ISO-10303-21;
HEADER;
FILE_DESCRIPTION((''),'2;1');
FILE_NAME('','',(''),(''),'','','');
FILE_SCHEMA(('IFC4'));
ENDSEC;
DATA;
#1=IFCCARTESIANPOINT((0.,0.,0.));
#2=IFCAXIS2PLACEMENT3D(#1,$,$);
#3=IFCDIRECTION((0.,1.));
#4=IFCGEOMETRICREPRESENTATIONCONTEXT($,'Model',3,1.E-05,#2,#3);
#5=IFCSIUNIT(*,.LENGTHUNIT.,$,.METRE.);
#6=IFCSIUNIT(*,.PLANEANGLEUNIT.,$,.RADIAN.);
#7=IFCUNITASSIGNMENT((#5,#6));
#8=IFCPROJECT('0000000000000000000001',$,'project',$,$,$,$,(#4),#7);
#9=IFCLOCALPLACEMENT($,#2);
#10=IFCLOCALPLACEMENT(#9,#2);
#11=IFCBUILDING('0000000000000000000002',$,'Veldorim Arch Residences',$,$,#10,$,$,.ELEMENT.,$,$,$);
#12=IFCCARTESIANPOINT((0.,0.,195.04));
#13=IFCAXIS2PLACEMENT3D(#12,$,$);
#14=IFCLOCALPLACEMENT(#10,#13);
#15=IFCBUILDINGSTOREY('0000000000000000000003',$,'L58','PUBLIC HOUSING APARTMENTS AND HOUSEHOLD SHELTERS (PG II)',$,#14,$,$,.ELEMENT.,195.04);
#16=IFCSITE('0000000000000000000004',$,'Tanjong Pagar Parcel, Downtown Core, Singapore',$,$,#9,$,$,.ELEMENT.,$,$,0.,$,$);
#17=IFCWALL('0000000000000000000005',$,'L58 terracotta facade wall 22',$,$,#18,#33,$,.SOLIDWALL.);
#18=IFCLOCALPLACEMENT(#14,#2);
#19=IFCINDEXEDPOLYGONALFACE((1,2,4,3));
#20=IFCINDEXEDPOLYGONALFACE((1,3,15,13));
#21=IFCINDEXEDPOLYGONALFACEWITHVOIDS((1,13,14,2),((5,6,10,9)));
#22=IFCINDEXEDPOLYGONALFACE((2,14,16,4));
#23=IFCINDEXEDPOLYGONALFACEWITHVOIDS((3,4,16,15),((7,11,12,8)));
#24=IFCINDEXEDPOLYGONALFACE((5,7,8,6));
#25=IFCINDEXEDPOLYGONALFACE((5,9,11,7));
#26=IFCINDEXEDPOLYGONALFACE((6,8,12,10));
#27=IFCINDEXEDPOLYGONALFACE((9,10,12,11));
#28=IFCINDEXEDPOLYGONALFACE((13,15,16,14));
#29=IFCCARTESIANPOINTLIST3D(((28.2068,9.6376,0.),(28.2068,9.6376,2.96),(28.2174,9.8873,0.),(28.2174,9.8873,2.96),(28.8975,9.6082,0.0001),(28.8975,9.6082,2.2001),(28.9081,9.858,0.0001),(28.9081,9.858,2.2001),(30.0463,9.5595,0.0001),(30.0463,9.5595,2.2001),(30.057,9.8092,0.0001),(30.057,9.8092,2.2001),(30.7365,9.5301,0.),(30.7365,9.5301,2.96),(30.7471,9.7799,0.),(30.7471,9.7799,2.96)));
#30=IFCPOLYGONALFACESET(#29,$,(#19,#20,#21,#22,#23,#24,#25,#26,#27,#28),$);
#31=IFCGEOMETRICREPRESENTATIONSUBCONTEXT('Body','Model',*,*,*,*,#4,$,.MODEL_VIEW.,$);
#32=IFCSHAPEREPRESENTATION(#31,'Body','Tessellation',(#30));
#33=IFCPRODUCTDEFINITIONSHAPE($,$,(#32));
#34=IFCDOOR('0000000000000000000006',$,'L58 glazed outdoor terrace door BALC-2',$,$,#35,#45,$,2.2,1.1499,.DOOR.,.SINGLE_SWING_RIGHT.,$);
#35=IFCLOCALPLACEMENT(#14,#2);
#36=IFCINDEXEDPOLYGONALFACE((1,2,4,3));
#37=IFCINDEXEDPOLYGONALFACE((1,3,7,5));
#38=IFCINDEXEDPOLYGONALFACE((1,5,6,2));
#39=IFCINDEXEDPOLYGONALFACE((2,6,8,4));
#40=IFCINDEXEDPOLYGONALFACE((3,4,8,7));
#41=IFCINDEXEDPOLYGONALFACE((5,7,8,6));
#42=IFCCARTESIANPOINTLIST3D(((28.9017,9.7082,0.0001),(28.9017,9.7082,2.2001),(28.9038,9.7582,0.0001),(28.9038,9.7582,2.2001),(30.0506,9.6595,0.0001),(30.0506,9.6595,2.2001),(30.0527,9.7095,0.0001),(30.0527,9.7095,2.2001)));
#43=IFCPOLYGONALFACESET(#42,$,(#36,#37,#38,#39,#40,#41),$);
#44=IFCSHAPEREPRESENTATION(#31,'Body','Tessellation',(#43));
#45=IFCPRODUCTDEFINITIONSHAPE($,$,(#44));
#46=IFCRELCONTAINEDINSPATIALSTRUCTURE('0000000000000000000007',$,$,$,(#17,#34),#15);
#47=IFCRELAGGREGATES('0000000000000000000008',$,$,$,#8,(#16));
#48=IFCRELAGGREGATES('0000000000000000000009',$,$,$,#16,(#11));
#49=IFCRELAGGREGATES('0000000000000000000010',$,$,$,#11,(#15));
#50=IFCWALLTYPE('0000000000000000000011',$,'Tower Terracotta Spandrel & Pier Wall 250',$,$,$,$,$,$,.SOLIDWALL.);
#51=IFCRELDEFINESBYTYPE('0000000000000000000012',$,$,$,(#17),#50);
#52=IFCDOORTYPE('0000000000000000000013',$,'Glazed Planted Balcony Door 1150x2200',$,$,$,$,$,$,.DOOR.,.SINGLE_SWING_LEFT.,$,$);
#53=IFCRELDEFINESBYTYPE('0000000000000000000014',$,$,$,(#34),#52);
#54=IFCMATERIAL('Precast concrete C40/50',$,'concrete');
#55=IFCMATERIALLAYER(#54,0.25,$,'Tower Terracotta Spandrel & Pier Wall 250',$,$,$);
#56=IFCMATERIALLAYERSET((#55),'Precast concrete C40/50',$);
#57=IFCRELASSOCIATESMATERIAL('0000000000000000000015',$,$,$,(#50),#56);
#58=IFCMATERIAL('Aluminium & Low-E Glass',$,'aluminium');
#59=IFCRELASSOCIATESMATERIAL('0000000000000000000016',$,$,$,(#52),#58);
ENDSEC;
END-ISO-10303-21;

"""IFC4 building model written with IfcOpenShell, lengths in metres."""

from ifc_helpers import new_model, si_unit, direction, frame, frame_2d, origin, place, context, subcontext, project, spatial, rectangle, extrude, material, layer, layer_set, type_object, element, fill, save


model = new_model("IFC4")

# Units and contexts
model_context = context("Model", 3, precision=1e-05, world=origin(), true_north=direction((0.0, 1.0)))
body_context = subcontext(model_context, "Body", "Model", "MODEL_VIEW")
ifc_project = project(units=[si_unit("LENGTHUNIT", "METRE"), si_unit("PLANEANGLEUNIT", "RADIAN")], contexts=[model_context])

# Site, building, storey
site_placement = place(None, origin())
site = spatial("IfcSite", under=ifc_project, at=site_placement, Name="Tanjong Pagar Parcel, Downtown Core, Singapore", CompositionType="ELEMENT", RefElevation=0.0)
building_placement = place(site_placement, origin())
building = spatial("IfcBuilding", under=site, at=building_placement, Name="Veldorim Arch Residences", CompositionType="ELEMENT")
storey_placement = place(building_placement, frame((0.0, 0.0, 195.04)))
storey = spatial("IfcBuildingStorey", under=building, at=storey_placement, Name="L58", Description="PUBLIC HOUSING APARTMENTS AND HOUSEHOLD SHELTERS (PG II)", CompositionType="ELEMENT", Elevation=195.04)

# Shared definitions
ifc_material_1 = material(Name="Precast concrete C40/50", Category="concrete")
ifc_layer_1 = layer(ifc_material_1, 0.25, Name="Tower Terracotta Spandrel & Pier Wall 250")
ifc_layer_set_1 = layer_set([ifc_layer_1], Name="Precast concrete C40/50")
wall_type_1 = type_object("IfcWallType", Name="Tower Terracotta Spandrel & Pier Wall 250", PredefinedType="SOLIDWALL", material=ifc_layer_set_1)

# Wall, opening, door
wall_1_placement = place(storey_placement, frame((30.7419, 9.655, 0.0), z_axis=(0.0, 0.0, 1.0), x_axis=(-0.9991, 0.042425, 0.0)))
wall_1 = element("IfcWall", 1, at=wall_1_placement, inside=storey, type_object=wall_type_1, Name="L58 terracotta facade wall 22", PredefinedType="SOLIDWALL", context=body_context, shape_type="SweptSolid", body=[
    extrude(rectangle(XDim=2.532, YDim=0.25, at=frame_2d((1.2661, 0.0))), origin(), (0.0, 0.0, 1.0), 2.96),
])
opening_1_placement = place(wall_1_placement, frame((0.6909, 0.0, 0.0)))
opening_1 = element("IfcOpeningElement", 2, at=opening_1_placement, cuts=wall_1, PredefinedType="OPENING", context=body_context, shape_type="SweptSolid", body=[
    extrude(rectangle(XDim=1.1499, YDim=2.2, at=frame_2d((0.575, 1.1001))), frame((0.0, 0.135, 0.0), z_axis=(0.0, -1.0, 0.0), x_axis=(1.0, 0.0, 0.0)), (0.0, 0.0, 1.0), 0.27),
])
ifc_material_2 = material(Name="Aluminium & Low-E Glass", Category="aluminium")
door_type_1 = type_object("IfcDoorType", Name="Glazed Planted Balcony Door 1150x2200", OperationType="SINGLE_SWING_LEFT", PredefinedType="DOOR", material=ifc_material_2)
door_1_placement = place(opening_1_placement, origin())
door_1 = element("IfcDoor", 3, at=door_1_placement, inside=storey, type_object=door_type_1, Name="L58 glazed outdoor terrace door BALC-2", OperationType="SINGLE_SWING_RIGHT", OverallHeight=2.2, OverallWidth=1.1499, PredefinedType="DOOR", context=body_context, shape_type="SweptSolid", body=[
    extrude(rectangle(XDim=1.1499, YDim=2.2, at=frame_2d((0.575, 1.1001))), frame((0.0, 0.0249, 0.0), z_axis=(0.0, -1.0, 0.0), x_axis=(1.0, 0.0, 0.0)), (0.0, 0.0, 1.0), 0.05),
])
fill(opening_1, door_1)

save(model, "model.ifc")
